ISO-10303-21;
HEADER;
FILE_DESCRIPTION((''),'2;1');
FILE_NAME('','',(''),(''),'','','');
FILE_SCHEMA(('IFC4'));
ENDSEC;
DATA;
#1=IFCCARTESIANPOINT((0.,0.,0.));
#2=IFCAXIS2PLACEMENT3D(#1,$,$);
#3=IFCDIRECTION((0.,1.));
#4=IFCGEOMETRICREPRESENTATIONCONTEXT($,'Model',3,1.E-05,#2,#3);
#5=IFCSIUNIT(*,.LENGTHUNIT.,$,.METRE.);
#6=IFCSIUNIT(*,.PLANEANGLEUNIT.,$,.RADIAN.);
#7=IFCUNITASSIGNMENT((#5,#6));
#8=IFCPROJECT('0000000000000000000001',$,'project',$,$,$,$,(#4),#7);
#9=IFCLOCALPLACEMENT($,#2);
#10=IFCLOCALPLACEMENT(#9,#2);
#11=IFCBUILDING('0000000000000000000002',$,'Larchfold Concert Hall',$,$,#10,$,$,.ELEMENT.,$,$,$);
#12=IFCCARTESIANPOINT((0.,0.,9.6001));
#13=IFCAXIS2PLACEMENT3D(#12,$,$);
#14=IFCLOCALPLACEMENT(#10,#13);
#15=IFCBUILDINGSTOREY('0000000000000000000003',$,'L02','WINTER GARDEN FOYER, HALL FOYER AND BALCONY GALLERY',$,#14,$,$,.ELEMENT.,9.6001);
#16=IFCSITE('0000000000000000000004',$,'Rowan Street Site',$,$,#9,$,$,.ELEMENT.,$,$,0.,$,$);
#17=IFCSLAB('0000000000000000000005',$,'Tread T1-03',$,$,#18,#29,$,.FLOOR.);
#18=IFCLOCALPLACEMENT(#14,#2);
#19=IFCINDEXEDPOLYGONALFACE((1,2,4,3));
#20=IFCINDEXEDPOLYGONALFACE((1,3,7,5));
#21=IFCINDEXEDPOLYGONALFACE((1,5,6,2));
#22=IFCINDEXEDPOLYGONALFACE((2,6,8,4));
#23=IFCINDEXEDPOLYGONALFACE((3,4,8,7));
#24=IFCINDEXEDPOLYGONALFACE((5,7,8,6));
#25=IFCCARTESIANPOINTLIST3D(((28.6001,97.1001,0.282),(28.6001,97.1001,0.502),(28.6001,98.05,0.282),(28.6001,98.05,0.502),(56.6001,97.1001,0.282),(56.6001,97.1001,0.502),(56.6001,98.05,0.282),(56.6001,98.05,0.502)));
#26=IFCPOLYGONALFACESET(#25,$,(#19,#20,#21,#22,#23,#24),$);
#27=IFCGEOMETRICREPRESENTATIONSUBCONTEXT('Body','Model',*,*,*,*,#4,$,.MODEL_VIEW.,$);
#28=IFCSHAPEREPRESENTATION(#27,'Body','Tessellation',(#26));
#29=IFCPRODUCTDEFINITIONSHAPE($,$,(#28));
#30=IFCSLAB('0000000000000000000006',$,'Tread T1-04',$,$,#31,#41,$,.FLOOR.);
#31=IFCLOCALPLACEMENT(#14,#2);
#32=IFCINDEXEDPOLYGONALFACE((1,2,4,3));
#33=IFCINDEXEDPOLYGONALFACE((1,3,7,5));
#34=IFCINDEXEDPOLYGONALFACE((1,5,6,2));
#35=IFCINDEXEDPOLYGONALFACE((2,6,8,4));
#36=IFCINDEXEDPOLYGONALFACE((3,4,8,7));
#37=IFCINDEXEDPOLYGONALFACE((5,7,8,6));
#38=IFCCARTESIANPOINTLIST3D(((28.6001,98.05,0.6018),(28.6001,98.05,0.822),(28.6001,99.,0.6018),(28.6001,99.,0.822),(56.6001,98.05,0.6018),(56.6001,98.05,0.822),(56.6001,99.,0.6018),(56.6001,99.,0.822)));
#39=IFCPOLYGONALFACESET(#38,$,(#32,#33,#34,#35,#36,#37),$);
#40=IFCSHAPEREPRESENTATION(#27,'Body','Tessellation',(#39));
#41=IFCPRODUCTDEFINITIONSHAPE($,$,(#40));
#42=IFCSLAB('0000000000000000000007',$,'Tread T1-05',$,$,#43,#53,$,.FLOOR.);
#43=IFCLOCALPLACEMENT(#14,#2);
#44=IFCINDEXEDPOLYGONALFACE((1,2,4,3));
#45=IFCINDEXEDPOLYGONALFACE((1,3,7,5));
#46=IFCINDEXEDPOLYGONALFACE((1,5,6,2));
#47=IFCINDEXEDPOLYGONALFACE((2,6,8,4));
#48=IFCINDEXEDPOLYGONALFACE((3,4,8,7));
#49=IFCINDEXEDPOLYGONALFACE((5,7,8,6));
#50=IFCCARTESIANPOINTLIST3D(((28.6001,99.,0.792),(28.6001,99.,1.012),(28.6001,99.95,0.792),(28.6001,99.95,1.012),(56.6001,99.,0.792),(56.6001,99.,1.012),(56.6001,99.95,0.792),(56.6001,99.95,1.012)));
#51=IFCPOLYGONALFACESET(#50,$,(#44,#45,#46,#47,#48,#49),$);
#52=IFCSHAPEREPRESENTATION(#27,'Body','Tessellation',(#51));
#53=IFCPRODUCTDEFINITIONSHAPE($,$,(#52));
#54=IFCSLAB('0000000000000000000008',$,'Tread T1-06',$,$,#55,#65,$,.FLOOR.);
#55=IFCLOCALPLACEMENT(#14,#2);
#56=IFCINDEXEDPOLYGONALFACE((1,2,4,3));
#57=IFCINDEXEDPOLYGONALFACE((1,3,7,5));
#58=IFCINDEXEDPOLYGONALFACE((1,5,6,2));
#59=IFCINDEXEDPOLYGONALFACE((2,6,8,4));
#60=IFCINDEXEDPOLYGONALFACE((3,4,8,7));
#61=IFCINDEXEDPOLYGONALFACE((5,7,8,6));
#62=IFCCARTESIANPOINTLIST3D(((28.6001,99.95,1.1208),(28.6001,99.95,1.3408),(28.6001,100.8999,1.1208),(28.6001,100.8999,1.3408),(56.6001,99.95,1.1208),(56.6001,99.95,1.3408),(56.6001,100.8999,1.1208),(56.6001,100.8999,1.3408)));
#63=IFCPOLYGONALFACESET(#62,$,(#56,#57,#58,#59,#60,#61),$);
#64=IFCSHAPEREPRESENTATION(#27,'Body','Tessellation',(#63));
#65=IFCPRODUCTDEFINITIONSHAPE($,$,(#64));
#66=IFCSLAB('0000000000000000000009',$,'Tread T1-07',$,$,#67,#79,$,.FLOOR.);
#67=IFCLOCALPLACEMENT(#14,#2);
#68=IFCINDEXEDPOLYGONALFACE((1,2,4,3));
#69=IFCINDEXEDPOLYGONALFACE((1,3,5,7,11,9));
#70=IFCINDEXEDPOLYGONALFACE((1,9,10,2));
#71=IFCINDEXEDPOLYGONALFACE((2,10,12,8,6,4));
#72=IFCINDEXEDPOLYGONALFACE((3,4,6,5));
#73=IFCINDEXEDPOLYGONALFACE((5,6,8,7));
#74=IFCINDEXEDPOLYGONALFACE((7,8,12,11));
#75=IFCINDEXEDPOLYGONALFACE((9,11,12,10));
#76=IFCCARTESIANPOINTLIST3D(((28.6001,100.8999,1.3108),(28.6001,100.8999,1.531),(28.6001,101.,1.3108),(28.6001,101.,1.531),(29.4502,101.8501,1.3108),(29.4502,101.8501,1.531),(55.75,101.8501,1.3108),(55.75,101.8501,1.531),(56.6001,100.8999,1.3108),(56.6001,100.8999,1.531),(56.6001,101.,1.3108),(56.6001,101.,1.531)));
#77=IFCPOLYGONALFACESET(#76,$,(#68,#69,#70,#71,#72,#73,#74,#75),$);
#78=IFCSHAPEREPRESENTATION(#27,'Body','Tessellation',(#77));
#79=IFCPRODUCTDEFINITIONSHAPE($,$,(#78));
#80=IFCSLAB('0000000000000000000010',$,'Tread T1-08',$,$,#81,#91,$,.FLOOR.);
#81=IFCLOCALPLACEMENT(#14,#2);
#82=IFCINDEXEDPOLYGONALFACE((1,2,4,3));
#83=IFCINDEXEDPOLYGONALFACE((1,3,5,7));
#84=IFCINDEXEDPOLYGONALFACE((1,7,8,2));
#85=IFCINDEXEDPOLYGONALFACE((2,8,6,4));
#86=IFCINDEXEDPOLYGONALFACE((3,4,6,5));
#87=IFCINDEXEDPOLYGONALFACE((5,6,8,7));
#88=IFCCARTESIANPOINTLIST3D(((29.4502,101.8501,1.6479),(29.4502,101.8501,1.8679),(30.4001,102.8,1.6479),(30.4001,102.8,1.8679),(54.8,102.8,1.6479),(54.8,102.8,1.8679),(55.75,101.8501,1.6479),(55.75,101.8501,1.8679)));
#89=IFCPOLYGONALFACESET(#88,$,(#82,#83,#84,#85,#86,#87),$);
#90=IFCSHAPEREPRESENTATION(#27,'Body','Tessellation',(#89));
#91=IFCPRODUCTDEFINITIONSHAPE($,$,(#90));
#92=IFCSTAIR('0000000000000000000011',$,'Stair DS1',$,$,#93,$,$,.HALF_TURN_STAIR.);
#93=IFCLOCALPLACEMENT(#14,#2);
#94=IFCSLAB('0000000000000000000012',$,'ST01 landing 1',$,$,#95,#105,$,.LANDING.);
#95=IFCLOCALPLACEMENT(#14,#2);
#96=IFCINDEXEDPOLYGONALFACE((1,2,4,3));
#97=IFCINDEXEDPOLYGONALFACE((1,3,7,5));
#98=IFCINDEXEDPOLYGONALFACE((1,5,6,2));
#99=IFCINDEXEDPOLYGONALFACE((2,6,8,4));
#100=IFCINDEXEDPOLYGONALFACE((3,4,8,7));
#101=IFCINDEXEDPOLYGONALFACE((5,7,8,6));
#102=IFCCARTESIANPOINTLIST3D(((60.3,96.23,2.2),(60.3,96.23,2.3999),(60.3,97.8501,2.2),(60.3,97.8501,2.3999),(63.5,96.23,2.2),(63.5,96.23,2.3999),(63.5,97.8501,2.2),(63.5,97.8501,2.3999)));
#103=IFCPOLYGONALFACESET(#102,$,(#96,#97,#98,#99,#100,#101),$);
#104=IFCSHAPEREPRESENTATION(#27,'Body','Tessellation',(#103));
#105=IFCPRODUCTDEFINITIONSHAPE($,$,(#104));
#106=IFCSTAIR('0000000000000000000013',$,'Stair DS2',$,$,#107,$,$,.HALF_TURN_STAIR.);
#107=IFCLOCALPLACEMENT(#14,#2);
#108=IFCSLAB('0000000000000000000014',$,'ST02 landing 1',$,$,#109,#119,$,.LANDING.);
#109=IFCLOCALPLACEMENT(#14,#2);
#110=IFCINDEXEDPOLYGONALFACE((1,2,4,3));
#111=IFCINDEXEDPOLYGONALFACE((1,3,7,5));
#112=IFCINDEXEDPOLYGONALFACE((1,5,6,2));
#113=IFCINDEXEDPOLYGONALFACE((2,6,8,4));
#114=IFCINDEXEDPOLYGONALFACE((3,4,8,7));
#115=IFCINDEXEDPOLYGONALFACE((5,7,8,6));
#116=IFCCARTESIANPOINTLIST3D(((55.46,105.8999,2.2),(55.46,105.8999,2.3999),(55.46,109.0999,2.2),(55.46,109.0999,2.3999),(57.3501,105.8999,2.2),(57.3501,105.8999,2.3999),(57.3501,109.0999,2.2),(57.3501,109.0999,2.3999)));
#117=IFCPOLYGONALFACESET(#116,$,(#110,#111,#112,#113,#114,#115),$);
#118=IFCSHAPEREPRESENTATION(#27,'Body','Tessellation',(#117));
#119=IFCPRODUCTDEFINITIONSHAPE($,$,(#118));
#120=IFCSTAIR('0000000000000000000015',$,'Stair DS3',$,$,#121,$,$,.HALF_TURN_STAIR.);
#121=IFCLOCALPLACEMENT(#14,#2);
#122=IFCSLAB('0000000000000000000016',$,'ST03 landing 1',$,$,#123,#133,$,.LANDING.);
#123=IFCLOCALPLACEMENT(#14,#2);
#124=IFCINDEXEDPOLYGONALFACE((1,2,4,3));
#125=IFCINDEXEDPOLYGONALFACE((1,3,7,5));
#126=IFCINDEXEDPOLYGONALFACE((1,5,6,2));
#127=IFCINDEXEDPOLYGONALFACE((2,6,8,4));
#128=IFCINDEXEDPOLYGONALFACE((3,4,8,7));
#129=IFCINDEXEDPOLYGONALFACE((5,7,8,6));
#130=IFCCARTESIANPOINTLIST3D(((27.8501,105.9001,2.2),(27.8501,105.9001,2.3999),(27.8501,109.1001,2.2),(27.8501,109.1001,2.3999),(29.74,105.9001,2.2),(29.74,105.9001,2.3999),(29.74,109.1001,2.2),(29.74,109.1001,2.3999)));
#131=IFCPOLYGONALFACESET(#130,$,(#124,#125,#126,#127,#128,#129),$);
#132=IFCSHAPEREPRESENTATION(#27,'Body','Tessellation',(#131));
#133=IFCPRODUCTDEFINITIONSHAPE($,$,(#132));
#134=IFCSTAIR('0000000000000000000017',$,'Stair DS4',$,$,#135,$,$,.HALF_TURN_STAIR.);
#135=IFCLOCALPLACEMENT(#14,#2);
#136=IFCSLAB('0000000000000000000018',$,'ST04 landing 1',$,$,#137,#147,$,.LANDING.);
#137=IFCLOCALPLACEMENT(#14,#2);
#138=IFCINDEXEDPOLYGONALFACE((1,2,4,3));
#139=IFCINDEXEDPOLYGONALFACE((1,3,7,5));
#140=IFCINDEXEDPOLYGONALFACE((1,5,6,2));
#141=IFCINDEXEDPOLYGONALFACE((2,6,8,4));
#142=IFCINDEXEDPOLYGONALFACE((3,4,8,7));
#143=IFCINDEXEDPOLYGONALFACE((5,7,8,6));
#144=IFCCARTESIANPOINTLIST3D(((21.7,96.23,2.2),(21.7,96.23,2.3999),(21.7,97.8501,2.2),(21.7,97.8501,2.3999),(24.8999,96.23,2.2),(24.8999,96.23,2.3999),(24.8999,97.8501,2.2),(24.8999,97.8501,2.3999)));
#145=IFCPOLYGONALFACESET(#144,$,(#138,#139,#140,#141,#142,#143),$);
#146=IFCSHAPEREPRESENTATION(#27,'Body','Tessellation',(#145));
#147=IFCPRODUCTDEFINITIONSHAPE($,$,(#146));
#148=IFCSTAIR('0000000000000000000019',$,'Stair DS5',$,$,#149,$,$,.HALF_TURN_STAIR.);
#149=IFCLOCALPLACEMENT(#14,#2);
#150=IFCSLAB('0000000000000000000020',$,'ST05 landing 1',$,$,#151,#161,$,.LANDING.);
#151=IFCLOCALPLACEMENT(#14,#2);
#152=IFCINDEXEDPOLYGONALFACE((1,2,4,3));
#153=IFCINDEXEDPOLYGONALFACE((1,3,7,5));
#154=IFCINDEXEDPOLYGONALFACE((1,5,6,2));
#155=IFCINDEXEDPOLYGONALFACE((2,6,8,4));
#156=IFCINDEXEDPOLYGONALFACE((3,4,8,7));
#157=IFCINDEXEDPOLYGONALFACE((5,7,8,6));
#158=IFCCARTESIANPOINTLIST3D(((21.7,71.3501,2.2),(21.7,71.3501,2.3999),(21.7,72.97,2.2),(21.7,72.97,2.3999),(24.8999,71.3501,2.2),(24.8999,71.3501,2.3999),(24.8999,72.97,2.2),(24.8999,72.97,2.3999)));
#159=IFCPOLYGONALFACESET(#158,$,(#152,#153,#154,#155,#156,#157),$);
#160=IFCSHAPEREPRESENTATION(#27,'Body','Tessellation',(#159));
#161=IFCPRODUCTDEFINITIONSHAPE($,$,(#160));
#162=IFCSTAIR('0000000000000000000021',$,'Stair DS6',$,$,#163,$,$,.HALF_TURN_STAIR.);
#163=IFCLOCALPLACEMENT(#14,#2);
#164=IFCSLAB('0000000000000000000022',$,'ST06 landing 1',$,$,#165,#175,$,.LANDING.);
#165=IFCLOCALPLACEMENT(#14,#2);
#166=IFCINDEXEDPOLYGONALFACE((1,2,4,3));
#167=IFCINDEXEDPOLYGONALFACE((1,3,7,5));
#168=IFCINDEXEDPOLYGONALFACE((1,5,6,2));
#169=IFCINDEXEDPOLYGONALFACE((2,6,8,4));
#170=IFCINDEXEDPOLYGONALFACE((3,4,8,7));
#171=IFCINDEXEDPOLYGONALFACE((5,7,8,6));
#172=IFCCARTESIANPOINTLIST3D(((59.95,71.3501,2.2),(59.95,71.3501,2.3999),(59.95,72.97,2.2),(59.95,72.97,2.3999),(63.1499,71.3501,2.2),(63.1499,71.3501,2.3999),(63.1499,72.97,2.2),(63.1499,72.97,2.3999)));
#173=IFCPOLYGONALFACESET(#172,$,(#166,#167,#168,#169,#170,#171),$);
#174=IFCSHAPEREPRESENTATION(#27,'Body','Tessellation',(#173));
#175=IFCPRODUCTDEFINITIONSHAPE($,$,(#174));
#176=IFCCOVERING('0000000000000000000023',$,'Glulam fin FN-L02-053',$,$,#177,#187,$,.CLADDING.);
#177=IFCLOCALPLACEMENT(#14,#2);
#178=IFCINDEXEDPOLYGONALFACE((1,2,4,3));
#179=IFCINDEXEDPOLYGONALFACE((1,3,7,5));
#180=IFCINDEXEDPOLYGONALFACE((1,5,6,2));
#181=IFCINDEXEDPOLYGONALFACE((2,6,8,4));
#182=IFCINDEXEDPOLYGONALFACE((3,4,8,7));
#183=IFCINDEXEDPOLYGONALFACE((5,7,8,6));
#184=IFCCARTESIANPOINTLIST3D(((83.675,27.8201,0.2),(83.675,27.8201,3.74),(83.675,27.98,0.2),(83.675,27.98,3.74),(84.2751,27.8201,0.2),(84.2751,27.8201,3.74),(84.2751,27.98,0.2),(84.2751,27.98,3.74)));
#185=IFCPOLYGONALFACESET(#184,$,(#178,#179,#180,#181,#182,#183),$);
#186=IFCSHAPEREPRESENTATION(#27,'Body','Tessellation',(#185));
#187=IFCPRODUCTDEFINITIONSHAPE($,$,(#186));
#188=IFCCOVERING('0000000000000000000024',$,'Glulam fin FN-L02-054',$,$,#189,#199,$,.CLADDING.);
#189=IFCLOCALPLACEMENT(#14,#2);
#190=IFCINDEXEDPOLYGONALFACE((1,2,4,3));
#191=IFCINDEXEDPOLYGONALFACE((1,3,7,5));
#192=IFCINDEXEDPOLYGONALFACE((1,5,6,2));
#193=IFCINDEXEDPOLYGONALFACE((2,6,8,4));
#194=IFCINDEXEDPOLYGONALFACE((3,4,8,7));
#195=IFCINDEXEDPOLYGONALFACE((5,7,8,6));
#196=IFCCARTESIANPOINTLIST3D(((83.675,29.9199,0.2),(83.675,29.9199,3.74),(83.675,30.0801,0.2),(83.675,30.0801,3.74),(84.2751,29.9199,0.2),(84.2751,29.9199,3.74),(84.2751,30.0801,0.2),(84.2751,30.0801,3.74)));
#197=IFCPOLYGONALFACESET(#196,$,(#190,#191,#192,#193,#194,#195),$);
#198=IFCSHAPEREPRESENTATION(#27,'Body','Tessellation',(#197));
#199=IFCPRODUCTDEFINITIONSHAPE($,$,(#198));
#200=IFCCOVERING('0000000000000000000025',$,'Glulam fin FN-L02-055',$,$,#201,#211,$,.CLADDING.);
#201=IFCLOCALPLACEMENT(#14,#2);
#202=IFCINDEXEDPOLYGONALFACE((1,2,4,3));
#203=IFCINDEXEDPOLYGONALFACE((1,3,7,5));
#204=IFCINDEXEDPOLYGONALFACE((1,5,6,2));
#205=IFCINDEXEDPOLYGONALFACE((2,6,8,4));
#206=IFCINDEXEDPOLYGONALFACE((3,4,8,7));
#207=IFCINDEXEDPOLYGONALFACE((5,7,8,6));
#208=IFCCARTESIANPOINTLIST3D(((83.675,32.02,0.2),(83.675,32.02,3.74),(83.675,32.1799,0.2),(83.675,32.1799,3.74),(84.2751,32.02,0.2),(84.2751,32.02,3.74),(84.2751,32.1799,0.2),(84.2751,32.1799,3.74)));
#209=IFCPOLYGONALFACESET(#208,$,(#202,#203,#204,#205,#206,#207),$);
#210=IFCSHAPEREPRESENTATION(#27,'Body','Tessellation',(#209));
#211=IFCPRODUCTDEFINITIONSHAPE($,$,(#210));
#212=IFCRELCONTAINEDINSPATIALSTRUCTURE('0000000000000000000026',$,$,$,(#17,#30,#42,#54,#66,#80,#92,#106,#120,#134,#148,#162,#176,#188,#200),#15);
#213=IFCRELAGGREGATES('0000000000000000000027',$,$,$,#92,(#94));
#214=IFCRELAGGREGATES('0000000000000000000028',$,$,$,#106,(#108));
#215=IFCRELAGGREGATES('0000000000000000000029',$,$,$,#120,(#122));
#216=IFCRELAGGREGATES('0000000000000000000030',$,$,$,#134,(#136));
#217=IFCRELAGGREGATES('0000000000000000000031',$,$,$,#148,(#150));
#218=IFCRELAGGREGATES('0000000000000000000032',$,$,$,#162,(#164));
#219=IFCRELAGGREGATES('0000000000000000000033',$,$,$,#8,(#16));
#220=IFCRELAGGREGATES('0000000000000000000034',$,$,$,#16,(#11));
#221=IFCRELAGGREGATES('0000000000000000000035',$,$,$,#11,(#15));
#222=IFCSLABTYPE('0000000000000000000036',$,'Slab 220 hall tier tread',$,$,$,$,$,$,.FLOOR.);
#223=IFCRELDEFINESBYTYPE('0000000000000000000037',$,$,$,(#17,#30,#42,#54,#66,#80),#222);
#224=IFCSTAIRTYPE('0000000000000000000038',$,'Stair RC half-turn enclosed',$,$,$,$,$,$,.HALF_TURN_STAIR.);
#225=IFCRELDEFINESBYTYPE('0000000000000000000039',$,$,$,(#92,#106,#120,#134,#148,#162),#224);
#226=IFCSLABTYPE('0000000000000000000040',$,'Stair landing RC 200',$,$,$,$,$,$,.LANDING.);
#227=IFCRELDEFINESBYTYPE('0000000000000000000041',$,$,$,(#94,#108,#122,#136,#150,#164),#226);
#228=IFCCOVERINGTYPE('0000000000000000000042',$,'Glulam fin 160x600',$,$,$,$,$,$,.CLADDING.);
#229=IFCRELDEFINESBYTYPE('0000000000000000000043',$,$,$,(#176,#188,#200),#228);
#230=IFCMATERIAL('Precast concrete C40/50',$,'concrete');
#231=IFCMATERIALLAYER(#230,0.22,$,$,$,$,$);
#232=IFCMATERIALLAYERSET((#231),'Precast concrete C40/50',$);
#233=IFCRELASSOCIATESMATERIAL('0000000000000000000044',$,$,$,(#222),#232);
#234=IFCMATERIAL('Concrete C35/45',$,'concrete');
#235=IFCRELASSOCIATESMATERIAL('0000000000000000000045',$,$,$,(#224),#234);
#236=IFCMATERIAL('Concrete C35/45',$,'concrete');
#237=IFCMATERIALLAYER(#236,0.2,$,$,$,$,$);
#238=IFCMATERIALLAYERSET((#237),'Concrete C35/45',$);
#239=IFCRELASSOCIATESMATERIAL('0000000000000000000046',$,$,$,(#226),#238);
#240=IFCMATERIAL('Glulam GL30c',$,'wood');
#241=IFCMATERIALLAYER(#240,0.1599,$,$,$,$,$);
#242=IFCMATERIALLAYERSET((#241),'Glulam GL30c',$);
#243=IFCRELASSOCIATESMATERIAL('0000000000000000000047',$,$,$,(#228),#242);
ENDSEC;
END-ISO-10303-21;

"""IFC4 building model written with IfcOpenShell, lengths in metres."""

from ifc_helpers import new_model, si_unit, direction, frame, origin, place, context, subcontext, project, spatial, polyline, outline, extrude, material, layer, layer_set, type_object, element, aggregate, save


model = new_model("IFC4")

# Units and contexts
model_context = context("Model", 3, precision=1e-05, world=origin(), true_north=direction((0.0, 1.0)))
body_context = subcontext(model_context, "Body", "Model", "MODEL_VIEW")
ifc_project = project(units=[si_unit("LENGTHUNIT", "METRE"), si_unit("PLANEANGLEUNIT", "RADIAN")], contexts=[model_context])

# Site, building, storey
site_placement = place(None, origin())
site = spatial("IfcSite", under=ifc_project, at=site_placement, Name="Rowan Street Site", CompositionType="ELEMENT", RefElevation=0.0)
building_placement = place(site_placement, origin())
building = spatial("IfcBuilding", under=site, at=building_placement, Name="Larchfold Concert Hall", CompositionType="ELEMENT")
storey_placement = place(building_placement, frame((0.0, 0.0, 9.6001)))
storey = spatial("IfcBuildingStorey", under=building, at=storey_placement, Name="L02", Description="WINTER GARDEN FOYER, HALL FOYER AND BALCONY GALLERY", CompositionType="ELEMENT", Elevation=9.6001)

# Slabs
ifc_material_1 = material(Name="Precast concrete C40/50", Category="concrete")
ifc_layer_1 = layer(ifc_material_1, 0.22)
ifc_layer_set_1 = layer_set([ifc_layer_1], Name="Precast concrete C40/50")
slab_type_1 = type_object("IfcSlabType", Name="Slab 220 hall tier tread", PredefinedType="FLOOR", material=ifc_layer_set_1)
slab_1_placement = place(storey_placement, frame((0.0, 0.0, 0.282)))
element("IfcSlab", 1, at=slab_1_placement, inside=storey, type_object=slab_type_1, Name="Tread T1-03", PredefinedType="FLOOR", context=body_context, shape_type="SweptSolid", body=[
    extrude(outline(polyline([(56.6001, 98.05), (28.6001, 98.05), (28.6001, 97.1001), (56.6001, 97.1001), (56.6001, 98.05)])), origin(), (0.0, 0.0, 1.0), 0.22),
])
slab_2_placement = place(storey_placement, frame((0.0, 0.0, 0.6018)))
element("IfcSlab", 2, at=slab_2_placement, inside=storey, type_object=slab_type_1, Name="Tread T1-04", PredefinedType="FLOOR", context=body_context, shape_type="SweptSolid", body=[
    extrude(outline(polyline([(56.6001, 99.0), (28.6001, 99.0), (28.6001, 98.05), (56.6001, 98.05), (56.6001, 99.0)])), origin(), (0.0, 0.0, 1.0), 0.2202),
])
slab_3_placement = place(storey_placement, frame((0.0, 0.0, 0.792)))
element("IfcSlab", 3, at=slab_3_placement, inside=storey, type_object=slab_type_1, Name="Tread T1-05", PredefinedType="FLOOR", context=body_context, shape_type="SweptSolid", body=[
    extrude(outline(polyline([(56.6001, 99.95), (28.6001, 99.95), (28.6001, 99.0), (56.6001, 99.0), (56.6001, 99.95)])), origin(), (0.0, 0.0, 1.0), 0.22),
])
slab_4_placement = place(storey_placement, frame((0.0, 0.0, 1.1208)))
element("IfcSlab", 4, at=slab_4_placement, inside=storey, type_object=slab_type_1, Name="Tread T1-06", PredefinedType="FLOOR", context=body_context, shape_type="SweptSolid", body=[
    extrude(outline(polyline([(56.6001, 100.8999), (28.6001, 100.8999), (28.6001, 99.95), (56.6001, 99.95), (56.6001, 100.8999)])), origin(), (0.0, 0.0, 1.0), 0.22),
])
slab_5_placement = place(storey_placement, frame((0.0, 0.0, 1.3108)))
element("IfcSlab", 5, at=slab_5_placement, inside=storey, type_object=slab_type_1, Name="Tread T1-07", PredefinedType="FLOOR", context=body_context, shape_type="SweptSolid", body=[
    extrude(outline(polyline([(55.75, 101.8501), (29.4502, 101.8501), (28.6001, 101.0), (28.6001, 100.8999), (56.6001, 100.8999), (56.6001, 101.0), (55.75, 101.8501)])), origin(), (0.0, 0.0, 1.0), 0.2202),
])
slab_6_placement = place(storey_placement, frame((0.0, 0.0, 1.6479)))
element("IfcSlab", 6, at=slab_6_placement, inside=storey, type_object=slab_type_1, Name="Tread T1-08", PredefinedType="FLOOR", context=body_context, shape_type="SweptSolid", body=[
    extrude(outline(polyline([(54.8, 102.8), (30.4001, 102.8), (29.4502, 101.8501), (55.75, 101.8501), (54.8, 102.8)])), origin(), (0.0, 0.0, 1.0), 0.22),
])

# Stairs, slabs
ifc_material_2 = material(Name="Concrete C35/45", Category="concrete")
stair_type = type_object("IfcStairType", Name="Stair RC half-turn enclosed", PredefinedType="HALF_TURN_STAIR", material=ifc_material_2)
stair_1_placement = place(storey_placement, origin())
stair_1 = element("IfcStair", 7, at=stair_1_placement, inside=storey, type_object=stair_type, Name="Stair DS1", PredefinedType="HALF_TURN_STAIR")
ifc_material_3 = material(Name="Concrete C35/45", Category="concrete")
ifc_layer_2 = layer(ifc_material_3, 0.2)
ifc_layer_set_2 = layer_set([ifc_layer_2], Name="Concrete C35/45")
slab_type_2 = type_object("IfcSlabType", Name="Stair landing RC 200", PredefinedType="LANDING", material=ifc_layer_set_2)
slab_7_placement = place(storey_placement, frame((0.0, 0.0, 2.2)))
slab_7 = element("IfcSlab", 8, at=slab_7_placement, type_object=slab_type_2, Name="ST01 landing 1", PredefinedType="LANDING", context=body_context, shape_type="SweptSolid", body=[
    extrude(outline(polyline([(63.5, 96.23), (63.5, 97.8501), (60.3, 97.8501), (60.3, 96.23), (63.5, 96.23)])), origin(), (0.0, 0.0, 1.0), 0.2),
])
aggregate(stair_1, [slab_7])
stair_2_placement = place(storey_placement, origin())
stair_2 = element("IfcStair", 9, at=stair_2_placement, inside=storey, type_object=stair_type, Name="Stair DS2", PredefinedType="HALF_TURN_STAIR")
slab_8_placement = place(storey_placement, frame((0.0, 0.0, 2.2)))
slab_8 = element("IfcSlab", 10, at=slab_8_placement, type_object=slab_type_2, Name="ST02 landing 1", PredefinedType="LANDING", context=body_context, shape_type="SweptSolid", body=[
    extrude(outline(polyline([(55.46, 105.8999), (57.3501, 105.8999), (57.3501, 109.0999), (55.46, 109.0999), (55.46, 105.8999)])), origin(), (0.0, 0.0, 1.0), 0.2),
])
aggregate(stair_2, [slab_8])
stair_3_placement = place(storey_placement, origin())
stair_3 = element("IfcStair", 11, at=stair_3_placement, inside=storey, type_object=stair_type, Name="Stair DS3", PredefinedType="HALF_TURN_STAIR")
slab_9_placement = place(storey_placement, frame((0.0, 0.0, 2.2)))
slab_9 = element("IfcSlab", 12, at=slab_9_placement, type_object=slab_type_2, Name="ST03 landing 1", PredefinedType="LANDING", context=body_context, shape_type="SweptSolid", body=[
    extrude(outline(polyline([(29.74, 109.1001), (27.8501, 109.1001), (27.8501, 105.9001), (29.74, 105.9001), (29.74, 109.1001)])), origin(), (0.0, 0.0, 1.0), 0.2),
])
aggregate(stair_3, [slab_9])
stair_4_placement = place(storey_placement, origin())
stair_4 = element("IfcStair", 13, at=stair_4_placement, inside=storey, type_object=stair_type, Name="Stair DS4", PredefinedType="HALF_TURN_STAIR")
slab_10_placement = place(storey_placement, frame((0.0, 0.0, 2.2)))
slab_10 = element("IfcSlab", 14, at=slab_10_placement, type_object=slab_type_2, Name="ST04 landing 1", PredefinedType="LANDING", context=body_context, shape_type="SweptSolid", body=[
    extrude(outline(polyline([(24.8999, 96.23), (24.8999, 97.8501), (21.7, 97.8501), (21.7, 96.23), (24.8999, 96.23)])), origin(), (0.0, 0.0, 1.0), 0.2),
])
aggregate(stair_4, [slab_10])
stair_5_placement = place(storey_placement, origin())
stair_5 = element("IfcStair", 15, at=stair_5_placement, inside=storey, type_object=stair_type, Name="Stair DS5", PredefinedType="HALF_TURN_STAIR")
slab_11_placement = place(storey_placement, frame((0.0, 0.0, 2.2)))
slab_11 = element("IfcSlab", 16, at=slab_11_placement, type_object=slab_type_2, Name="ST05 landing 1", PredefinedType="LANDING", context=body_context, shape_type="SweptSolid", body=[
    extrude(outline(polyline([(21.7, 72.97), (21.7, 71.3501), (24.8999, 71.3501), (24.8999, 72.97), (21.7, 72.97)])), origin(), (0.0, 0.0, 1.0), 0.2),
])
aggregate(stair_5, [slab_11])
stair_6_placement = place(storey_placement, origin())
stair_6 = element("IfcStair", 17, at=stair_6_placement, inside=storey, type_object=stair_type, Name="Stair DS6", PredefinedType="HALF_TURN_STAIR")
slab_12_placement = place(storey_placement, frame((0.0, 0.0, 2.2)))
slab_12 = element("IfcSlab", 18, at=slab_12_placement, type_object=slab_type_2, Name="ST06 landing 1", PredefinedType="LANDING", context=body_context, shape_type="SweptSolid", body=[
    extrude(outline(polyline([(59.95, 72.97), (59.95, 71.3501), (63.1499, 71.3501), (63.1499, 72.97), (59.95, 72.97)])), origin(), (0.0, 0.0, 1.0), 0.2),
])
aggregate(stair_6, [slab_12])

# Coverings
ifc_material_4 = material(Name="Glulam GL30c", Category="wood")
ifc_layer_3 = layer(ifc_material_4, 0.1599)
ifc_layer_set_3 = layer_set([ifc_layer_3], Name="Glulam GL30c")
covering_type_1 = type_object("IfcCoveringType", Name="Glulam fin 160x600", PredefinedType="CLADDING", material=ifc_layer_set_3)
covering_1_placement = place(storey_placement, frame((0.0, 0.0, 0.2)))
element("IfcCovering", 19, at=covering_1_placement, inside=storey, type_object=covering_type_1, Name="Glulam fin FN-L02-053", PredefinedType="CLADDING", context=body_context, shape_type="SweptSolid", body=[
    extrude(outline(polyline([(84.2751, 27.8201), (84.2751, 27.98), (83.675, 27.98), (83.675, 27.8201), (84.2751, 27.8201)])), origin(), (0.0, 0.0, 1.0), 3.54),
])
covering_2_placement = place(storey_placement, frame((0.0, 0.0, 0.2)))
element("IfcCovering", 20, at=covering_2_placement, inside=storey, type_object=covering_type_1, Name="Glulam fin FN-L02-054", PredefinedType="CLADDING", context=body_context, shape_type="SweptSolid", body=[
    extrude(outline(polyline([(84.2751, 29.9199), (84.2751, 30.0801), (83.675, 30.0801), (83.675, 29.9199), (84.2751, 29.9199)])), origin(), (0.0, 0.0, 1.0), 3.54),
])
covering_3_placement = place(storey_placement, frame((0.0, 0.0, 0.2)))
element("IfcCovering", 21, at=covering_3_placement, inside=storey, type_object=covering_type_1, Name="Glulam fin FN-L02-055", PredefinedType="CLADDING", context=body_context, shape_type="SweptSolid", body=[
    extrude(outline(polyline([(84.2751, 32.02), (84.2751, 32.1799), (83.675, 32.1799), (83.675, 32.02), (84.2751, 32.02)])), origin(), (0.0, 0.0, 1.0), 3.54),
])

save(model, "model.ifc")
